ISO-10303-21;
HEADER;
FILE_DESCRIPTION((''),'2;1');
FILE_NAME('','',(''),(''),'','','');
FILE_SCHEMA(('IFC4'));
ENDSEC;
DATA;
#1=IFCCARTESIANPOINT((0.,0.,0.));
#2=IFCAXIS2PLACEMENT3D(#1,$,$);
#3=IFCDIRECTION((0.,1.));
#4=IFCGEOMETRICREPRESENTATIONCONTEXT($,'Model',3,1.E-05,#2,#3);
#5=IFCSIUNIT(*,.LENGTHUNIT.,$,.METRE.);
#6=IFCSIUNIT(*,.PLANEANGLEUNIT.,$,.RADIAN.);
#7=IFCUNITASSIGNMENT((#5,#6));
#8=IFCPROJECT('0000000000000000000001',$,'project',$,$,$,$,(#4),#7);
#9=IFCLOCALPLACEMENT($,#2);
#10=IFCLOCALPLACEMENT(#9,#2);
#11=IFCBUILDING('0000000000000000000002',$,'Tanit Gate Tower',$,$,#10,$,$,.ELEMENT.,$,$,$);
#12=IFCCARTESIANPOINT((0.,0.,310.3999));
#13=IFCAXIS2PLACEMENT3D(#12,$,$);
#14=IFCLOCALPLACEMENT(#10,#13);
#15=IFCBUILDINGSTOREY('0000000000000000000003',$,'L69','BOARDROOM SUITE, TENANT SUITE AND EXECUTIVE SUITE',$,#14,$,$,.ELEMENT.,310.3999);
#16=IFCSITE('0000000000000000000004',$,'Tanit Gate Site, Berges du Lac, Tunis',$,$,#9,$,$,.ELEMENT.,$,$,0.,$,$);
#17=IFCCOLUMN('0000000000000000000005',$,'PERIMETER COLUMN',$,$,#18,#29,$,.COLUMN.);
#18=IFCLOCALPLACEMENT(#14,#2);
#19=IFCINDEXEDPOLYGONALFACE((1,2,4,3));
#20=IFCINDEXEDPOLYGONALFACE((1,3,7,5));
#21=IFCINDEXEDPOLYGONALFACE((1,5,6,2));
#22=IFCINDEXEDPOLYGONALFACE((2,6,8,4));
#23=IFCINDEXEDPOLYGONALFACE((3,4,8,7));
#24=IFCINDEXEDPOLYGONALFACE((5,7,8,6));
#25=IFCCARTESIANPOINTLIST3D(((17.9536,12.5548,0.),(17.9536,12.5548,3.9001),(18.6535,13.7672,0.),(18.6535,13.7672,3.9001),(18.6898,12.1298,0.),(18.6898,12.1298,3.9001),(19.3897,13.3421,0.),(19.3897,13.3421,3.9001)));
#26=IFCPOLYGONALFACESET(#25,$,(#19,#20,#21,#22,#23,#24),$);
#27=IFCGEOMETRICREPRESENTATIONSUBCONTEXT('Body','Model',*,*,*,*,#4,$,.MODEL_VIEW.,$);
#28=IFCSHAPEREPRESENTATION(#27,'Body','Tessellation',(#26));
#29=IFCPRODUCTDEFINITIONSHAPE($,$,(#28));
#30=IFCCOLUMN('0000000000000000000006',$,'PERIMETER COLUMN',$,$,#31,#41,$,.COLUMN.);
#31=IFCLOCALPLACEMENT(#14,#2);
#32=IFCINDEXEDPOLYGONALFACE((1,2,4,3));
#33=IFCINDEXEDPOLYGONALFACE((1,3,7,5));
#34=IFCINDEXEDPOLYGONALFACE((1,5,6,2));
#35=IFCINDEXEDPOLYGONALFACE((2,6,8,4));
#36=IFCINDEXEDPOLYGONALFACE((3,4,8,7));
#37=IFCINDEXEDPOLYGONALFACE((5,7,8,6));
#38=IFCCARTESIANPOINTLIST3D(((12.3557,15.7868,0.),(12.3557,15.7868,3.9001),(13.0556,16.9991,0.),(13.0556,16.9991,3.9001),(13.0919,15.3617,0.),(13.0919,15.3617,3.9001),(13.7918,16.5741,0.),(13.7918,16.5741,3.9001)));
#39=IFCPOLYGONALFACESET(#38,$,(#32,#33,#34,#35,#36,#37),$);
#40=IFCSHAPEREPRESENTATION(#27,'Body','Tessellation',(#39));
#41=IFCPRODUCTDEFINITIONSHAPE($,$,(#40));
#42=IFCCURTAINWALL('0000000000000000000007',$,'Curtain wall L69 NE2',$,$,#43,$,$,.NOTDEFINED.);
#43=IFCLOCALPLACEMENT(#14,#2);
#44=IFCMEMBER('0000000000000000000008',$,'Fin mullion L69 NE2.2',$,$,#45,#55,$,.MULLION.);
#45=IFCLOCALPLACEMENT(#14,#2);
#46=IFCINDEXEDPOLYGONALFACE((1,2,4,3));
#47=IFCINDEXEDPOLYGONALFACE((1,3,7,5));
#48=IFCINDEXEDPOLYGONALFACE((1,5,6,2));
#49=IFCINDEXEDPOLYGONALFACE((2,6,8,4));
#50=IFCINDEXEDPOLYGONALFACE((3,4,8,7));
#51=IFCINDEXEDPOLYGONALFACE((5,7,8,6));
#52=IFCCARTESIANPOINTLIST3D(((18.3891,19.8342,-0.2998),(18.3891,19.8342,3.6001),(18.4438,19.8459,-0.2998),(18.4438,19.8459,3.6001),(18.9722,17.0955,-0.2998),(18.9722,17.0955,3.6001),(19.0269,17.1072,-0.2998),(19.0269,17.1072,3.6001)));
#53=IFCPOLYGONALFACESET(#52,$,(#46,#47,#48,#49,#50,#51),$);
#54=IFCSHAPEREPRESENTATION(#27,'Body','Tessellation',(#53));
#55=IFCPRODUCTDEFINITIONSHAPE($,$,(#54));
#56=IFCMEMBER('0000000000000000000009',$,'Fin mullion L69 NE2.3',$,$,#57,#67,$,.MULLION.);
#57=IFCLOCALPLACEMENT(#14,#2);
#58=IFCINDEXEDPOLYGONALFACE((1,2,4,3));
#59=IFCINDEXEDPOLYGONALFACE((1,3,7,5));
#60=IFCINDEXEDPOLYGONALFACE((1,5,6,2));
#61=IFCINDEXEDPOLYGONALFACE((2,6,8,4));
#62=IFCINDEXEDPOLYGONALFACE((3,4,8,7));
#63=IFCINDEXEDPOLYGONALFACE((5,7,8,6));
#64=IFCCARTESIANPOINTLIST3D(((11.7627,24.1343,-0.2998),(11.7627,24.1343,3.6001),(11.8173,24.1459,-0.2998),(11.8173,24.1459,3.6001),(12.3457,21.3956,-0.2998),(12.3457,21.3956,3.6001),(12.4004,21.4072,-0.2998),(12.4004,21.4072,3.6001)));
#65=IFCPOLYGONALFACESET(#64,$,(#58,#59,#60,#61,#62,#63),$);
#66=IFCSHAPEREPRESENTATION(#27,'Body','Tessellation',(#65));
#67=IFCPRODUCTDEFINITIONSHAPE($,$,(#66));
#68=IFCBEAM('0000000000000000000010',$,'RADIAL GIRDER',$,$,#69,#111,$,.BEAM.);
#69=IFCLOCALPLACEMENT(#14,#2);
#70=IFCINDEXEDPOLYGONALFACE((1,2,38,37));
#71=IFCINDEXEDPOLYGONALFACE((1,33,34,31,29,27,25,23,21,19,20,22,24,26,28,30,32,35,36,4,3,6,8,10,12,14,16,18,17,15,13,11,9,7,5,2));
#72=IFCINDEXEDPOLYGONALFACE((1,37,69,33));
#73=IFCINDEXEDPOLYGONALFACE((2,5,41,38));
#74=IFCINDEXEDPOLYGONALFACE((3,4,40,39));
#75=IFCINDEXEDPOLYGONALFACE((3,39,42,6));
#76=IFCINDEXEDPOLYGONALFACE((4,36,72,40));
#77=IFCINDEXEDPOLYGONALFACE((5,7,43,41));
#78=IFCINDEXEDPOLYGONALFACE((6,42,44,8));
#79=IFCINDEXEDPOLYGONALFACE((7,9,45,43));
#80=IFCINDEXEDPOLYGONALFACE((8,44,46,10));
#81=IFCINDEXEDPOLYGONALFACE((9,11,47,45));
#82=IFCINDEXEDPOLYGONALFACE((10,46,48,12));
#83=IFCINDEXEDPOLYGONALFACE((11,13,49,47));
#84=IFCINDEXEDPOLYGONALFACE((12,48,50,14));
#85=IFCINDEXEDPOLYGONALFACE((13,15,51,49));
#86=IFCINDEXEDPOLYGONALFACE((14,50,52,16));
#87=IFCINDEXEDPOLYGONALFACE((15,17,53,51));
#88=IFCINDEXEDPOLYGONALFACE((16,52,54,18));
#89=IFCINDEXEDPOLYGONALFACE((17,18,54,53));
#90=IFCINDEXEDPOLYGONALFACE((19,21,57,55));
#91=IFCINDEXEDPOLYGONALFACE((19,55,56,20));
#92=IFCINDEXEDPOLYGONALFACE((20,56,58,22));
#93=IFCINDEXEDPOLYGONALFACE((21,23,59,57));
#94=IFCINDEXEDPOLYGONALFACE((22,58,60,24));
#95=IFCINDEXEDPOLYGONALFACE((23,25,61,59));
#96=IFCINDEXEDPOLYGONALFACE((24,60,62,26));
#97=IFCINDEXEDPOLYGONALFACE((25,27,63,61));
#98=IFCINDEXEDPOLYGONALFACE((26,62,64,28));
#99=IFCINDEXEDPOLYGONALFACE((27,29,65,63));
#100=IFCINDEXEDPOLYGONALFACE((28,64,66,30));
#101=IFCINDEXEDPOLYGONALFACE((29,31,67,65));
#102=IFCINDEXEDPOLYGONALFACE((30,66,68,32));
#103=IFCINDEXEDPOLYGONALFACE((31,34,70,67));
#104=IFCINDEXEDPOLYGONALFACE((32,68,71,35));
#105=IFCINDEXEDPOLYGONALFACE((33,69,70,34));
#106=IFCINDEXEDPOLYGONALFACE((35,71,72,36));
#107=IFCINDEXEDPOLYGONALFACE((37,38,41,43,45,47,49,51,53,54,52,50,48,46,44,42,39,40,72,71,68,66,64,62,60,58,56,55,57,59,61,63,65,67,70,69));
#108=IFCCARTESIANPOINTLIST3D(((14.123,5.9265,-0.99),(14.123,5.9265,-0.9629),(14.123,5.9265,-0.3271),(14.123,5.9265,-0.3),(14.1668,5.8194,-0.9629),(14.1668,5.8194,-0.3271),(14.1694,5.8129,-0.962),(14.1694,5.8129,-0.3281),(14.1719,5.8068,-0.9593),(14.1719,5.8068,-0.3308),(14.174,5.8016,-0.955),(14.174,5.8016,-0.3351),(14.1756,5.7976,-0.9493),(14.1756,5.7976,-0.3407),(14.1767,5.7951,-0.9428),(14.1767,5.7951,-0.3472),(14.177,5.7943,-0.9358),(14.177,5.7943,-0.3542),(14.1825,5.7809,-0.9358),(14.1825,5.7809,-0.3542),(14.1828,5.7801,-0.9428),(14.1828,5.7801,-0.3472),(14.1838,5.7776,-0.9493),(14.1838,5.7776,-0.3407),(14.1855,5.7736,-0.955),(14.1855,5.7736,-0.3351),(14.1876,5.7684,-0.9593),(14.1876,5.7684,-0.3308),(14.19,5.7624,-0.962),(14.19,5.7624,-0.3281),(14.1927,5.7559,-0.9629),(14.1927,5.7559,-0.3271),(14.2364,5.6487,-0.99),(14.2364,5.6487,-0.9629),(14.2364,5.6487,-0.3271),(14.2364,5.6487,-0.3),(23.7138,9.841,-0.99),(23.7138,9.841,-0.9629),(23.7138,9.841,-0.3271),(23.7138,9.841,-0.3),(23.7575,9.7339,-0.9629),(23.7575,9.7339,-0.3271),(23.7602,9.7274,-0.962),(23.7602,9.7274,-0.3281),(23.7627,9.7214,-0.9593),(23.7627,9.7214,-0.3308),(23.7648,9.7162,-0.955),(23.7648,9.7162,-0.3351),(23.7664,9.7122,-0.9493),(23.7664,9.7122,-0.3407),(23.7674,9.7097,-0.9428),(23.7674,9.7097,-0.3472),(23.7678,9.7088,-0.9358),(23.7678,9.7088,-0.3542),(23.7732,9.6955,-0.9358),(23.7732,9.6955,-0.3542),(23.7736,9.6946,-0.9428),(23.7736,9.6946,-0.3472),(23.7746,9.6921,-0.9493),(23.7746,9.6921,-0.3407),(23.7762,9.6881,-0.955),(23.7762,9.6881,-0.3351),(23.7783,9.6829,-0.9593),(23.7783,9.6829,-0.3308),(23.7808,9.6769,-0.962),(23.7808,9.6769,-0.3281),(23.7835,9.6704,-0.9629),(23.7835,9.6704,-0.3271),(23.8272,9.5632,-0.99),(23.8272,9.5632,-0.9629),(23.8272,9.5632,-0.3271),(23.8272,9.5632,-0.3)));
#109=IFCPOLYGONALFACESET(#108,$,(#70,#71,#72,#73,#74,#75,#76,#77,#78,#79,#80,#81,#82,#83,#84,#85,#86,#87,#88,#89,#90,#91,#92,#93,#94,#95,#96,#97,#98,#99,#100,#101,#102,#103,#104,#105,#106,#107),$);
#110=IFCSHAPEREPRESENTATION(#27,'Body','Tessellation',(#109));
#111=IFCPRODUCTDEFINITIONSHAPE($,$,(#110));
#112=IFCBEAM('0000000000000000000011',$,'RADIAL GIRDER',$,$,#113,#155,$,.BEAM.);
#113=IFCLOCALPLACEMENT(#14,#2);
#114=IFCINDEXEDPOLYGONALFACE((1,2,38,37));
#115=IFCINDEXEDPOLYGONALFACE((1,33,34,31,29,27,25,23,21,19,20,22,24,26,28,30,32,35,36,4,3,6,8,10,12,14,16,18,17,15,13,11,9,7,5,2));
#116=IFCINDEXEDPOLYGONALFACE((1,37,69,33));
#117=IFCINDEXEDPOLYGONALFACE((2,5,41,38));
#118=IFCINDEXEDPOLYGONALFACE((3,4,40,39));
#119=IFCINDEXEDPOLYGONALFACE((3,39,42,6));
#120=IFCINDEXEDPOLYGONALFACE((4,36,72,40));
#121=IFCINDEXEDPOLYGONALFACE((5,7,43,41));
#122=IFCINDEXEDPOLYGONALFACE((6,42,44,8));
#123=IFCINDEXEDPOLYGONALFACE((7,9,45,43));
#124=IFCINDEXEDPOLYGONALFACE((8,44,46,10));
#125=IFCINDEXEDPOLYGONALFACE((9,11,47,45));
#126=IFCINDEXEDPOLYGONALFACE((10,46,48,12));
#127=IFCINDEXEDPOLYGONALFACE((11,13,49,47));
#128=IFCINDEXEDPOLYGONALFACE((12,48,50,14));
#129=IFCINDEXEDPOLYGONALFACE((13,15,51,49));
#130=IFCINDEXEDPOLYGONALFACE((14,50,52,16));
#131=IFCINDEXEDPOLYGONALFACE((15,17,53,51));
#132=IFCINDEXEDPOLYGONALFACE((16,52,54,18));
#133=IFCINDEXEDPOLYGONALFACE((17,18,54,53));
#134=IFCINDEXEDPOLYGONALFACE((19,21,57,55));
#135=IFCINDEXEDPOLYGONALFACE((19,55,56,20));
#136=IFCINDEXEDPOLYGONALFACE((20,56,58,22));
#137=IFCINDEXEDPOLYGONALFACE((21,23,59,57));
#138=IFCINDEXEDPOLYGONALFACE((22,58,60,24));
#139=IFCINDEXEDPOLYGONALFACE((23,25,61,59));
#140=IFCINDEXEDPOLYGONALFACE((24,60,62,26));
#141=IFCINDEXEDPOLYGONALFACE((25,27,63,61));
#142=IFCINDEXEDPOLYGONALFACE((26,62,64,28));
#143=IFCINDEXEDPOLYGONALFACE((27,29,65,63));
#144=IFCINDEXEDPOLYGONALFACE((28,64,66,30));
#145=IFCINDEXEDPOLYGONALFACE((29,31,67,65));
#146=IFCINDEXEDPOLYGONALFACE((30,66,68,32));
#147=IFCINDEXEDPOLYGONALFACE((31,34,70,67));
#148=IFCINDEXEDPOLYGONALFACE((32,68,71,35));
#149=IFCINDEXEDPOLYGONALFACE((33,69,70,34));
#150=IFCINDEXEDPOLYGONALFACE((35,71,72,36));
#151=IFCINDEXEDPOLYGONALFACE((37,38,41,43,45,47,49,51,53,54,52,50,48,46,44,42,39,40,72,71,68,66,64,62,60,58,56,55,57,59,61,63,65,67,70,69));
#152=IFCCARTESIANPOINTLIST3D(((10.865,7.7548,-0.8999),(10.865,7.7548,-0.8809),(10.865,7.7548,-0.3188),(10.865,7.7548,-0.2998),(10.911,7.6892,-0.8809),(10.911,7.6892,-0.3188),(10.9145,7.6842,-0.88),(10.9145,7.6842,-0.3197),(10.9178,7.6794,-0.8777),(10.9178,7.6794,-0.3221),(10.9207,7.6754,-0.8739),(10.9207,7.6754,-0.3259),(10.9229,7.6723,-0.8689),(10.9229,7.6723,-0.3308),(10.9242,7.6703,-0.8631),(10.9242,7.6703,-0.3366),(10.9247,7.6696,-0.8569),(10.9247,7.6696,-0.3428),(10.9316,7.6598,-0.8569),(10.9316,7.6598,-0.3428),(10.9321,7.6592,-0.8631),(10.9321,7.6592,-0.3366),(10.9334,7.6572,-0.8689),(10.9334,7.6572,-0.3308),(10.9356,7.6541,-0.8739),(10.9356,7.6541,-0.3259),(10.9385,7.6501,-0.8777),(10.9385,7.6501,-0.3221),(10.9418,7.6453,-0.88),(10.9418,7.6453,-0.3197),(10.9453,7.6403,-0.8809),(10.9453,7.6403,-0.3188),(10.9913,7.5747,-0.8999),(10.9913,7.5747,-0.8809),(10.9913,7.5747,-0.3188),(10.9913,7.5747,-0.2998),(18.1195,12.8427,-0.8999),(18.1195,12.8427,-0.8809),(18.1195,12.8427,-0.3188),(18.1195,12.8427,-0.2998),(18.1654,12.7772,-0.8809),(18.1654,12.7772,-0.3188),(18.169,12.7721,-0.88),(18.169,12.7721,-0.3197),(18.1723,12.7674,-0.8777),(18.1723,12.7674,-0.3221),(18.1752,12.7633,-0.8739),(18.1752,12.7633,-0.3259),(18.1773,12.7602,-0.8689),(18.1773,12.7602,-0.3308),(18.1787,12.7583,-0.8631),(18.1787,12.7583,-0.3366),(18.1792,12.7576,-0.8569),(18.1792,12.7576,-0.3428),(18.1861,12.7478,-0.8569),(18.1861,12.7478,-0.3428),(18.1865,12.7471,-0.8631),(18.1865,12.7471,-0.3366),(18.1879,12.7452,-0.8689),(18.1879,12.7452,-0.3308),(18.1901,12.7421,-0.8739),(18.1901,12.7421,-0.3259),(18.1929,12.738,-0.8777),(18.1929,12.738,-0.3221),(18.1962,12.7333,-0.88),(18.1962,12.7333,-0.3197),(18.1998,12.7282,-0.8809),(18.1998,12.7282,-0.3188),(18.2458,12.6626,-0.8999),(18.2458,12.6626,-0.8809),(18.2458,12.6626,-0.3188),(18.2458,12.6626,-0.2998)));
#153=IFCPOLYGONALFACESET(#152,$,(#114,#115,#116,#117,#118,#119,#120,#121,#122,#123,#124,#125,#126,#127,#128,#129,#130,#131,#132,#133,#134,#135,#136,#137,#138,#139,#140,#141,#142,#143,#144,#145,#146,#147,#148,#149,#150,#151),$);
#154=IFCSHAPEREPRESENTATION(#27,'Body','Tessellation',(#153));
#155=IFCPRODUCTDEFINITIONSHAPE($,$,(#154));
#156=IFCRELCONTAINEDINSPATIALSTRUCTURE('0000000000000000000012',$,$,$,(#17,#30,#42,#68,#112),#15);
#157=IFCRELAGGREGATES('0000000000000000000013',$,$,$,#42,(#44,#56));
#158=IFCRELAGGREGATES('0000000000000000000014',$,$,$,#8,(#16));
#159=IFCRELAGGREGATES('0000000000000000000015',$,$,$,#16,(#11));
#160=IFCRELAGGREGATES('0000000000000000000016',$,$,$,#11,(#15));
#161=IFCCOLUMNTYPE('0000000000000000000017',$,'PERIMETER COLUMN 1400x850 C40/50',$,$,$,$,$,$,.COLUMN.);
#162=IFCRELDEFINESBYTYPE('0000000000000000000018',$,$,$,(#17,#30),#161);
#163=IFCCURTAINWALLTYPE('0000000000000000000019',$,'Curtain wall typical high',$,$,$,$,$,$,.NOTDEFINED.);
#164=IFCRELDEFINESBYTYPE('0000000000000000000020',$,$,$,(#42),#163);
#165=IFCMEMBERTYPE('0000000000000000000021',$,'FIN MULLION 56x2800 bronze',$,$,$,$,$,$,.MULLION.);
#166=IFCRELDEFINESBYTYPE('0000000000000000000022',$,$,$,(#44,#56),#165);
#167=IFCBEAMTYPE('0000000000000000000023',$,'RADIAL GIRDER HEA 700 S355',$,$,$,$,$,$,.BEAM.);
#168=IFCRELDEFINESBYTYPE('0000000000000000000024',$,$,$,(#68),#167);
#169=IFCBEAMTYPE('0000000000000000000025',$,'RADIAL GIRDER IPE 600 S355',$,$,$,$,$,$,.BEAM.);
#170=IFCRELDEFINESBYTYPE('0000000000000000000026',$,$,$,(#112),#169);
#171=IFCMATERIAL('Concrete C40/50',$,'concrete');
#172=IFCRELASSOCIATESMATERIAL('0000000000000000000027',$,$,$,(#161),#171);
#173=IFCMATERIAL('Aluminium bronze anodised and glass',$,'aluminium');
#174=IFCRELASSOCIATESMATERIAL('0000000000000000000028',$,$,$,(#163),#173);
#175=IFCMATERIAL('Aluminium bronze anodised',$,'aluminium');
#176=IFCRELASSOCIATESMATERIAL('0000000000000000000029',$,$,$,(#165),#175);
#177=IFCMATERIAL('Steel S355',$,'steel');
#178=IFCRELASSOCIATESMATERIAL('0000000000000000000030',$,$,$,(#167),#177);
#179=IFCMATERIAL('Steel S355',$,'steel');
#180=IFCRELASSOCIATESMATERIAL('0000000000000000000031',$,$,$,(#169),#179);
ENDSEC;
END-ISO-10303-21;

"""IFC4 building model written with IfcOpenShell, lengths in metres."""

from ifc_helpers import new_model, si_unit, direction, frame, origin, origin_2d, place, context, subcontext, project, spatial, rectangle, i_section, extrude, material, material_profile, profile_set, type_object, element, aggregate, save


model = new_model("IFC4")

# Units and contexts
model_context = context("Model", 3, precision=1e-05, world=origin(), true_north=direction((0.0, 1.0)))
body_context = subcontext(model_context, "Body", "Model", "MODEL_VIEW")
ifc_project = project(units=[si_unit("LENGTHUNIT", "METRE"), si_unit("PLANEANGLEUNIT", "RADIAN")], contexts=[model_context])

# Site, building, storey
site_placement = place(None, origin())
site = spatial("IfcSite", under=ifc_project, at=site_placement, Name="Tanit Gate Site, Berges du Lac, Tunis", CompositionType="ELEMENT", RefElevation=0.0)
building_placement = place(site_placement, origin())
building = spatial("IfcBuilding", under=site, at=building_placement, Name="Tanit Gate Tower", CompositionType="ELEMENT")
storey_placement = place(building_placement, frame((0.0, 0.0, 310.3999)))
storey = spatial("IfcBuildingStorey", under=building, at=storey_placement, Name="L69", Description="BOARDROOM SUITE, TENANT SUITE AND EXECUTIVE SUITE", CompositionType="ELEMENT", Elevation=310.3999)

# Columns
ifc_material_1 = material(Name="Concrete C40/50", Category="concrete")
ifc_material_profile_1 = material_profile(ifc_material_1, rectangle(XDim=1.3999, YDim=0.8501, at=origin_2d()), Name="RC 1400x850")
ifc_profile_set_1 = profile_set([ifc_material_profile_1], Name="Concrete C40/50")
column_type = type_object("IfcColumnType", Name="PERIMETER COLUMN 1400x850 C40/50", PredefinedType="COLUMN", material=ifc_profile_set_1)
for number, where, z_axis, x_axis, name in (
    (1, (18.6716, 12.9485, 0.0), (0.0, 0.0, 1.0), (0.5, 0.866025, 0.0), "PERIMETER COLUMN"),
    (2, (13.0737, 16.1804, 0.0), (0.0, 0.0, 1.0), (0.5, 0.866025, 0.0), "PERIMETER COLUMN"),
):
    element("IfcColumn", number, at=place(storey_placement, frame(where, z_axis=z_axis, x_axis=x_axis)), inside=storey, type_object=column_type, Name=name, PredefinedType="COLUMN", context=body_context, shape_type="SweptSolid", body=[
        extrude(rectangle(XDim=1.3999, YDim=0.8501, at=origin_2d()), origin(), (0.0, 0.0, 1.0), 3.9001),
    ])

# Curtain wall, members
ifc_material_2 = material(Name="Aluminium bronze anodised and glass", Category="aluminium")
curtain_wall_type = type_object("IfcCurtainWallType", Name="Curtain wall typical high", PredefinedType="NOTDEFINED", material=ifc_material_2)
curtain_wall_placement = place(storey_placement, origin())
curtain_wall = element("IfcCurtainWall", 3, at=curtain_wall_placement, inside=storey, type_object=curtain_wall_type, Name="Curtain wall L69 NE2", PredefinedType="NOTDEFINED")
ifc_material_3 = material(Name="Aluminium bronze anodised", Category="aluminium")
ifc_material_profile_2 = material_profile(ifc_material_3, rectangle(XDim=2.8, YDim=0.0559, at=origin_2d()), Name="56x2800 bronze fin mullion")
ifc_profile_set_2 = profile_set([ifc_material_profile_2], Name="Aluminium bronze anodised")
member_type_1 = type_object("IfcMemberType", Name="FIN MULLION 56x2800 bronze", PredefinedType="MULLION", material=ifc_profile_set_2)
member_1_placement = place(storey_placement, frame((18.708, 18.4707, -0.2998), z_axis=(0.0, 0.0, 1.0), x_axis=(0.208238, -0.978078, 0.0)))
member_1 = element("IfcMember", 4, at=member_1_placement, type_object=member_type_1, Name="Fin mullion L69 NE2.2", PredefinedType="MULLION", context=body_context, shape_type="SweptSolid", body=[
    extrude(rectangle(XDim=2.8, YDim=0.0559, at=origin_2d()), origin(), (0.0, 0.0, 1.0), 3.8999),
])
member_2_placement = place(storey_placement, frame((12.0815, 22.7708, -0.2998), z_axis=(0.0, 0.0, 1.0), x_axis=(0.208238, -0.978078, 0.0)))
member_2 = element("IfcMember", 5, at=member_2_placement, type_object=member_type_1, Name="Fin mullion L69 NE2.3", PredefinedType="MULLION", context=body_context, shape_type="SweptSolid", body=[
    extrude(rectangle(XDim=2.8, YDim=0.0559, at=origin_2d()), origin(), (0.0, 0.0, 1.0), 3.8999),
])

# Beams
ifc_material_4 = material(Name="Steel S355", Category="steel")
ifc_material_profile_3 = material_profile(ifc_material_4, i_section(OverallWidth=0.3, OverallDepth=0.6899, WebThickness=0.0144, FlangeThickness=0.0271, FilletRadius=0.0271, at=origin_2d()), Name="HEA 700")
ifc_profile_set_3 = profile_set([ifc_material_profile_3], Name="Steel S355")
beam_type_1 = type_object("IfcBeamType", Name="RADIAL GIRDER HEA 700 S355", PredefinedType="BEAM", material=ifc_profile_set_3)
beam_1_placement = place(storey_placement, frame((23.7705, 9.7021, -0.645), z_axis=(-0.92585, -0.377891, 0.0), x_axis=(0.377891, -0.92585, 0.0)))
element("IfcBeam", 6, at=beam_1_placement, inside=storey, type_object=beam_type_1, Name="RADIAL GIRDER", PredefinedType="BEAM", context=body_context, shape_type="SweptSolid", body=[
    extrude(i_section(OverallWidth=0.3, OverallDepth=0.6899, WebThickness=0.0144, FlangeThickness=0.0271, FilletRadius=0.0271, at=origin_2d()), origin(), (0.0, 0.0, 1.0), 10.3589),
])
ifc_material_5 = material(Name="Steel S355", Category="steel")
ifc_material_profile_4 = material_profile(ifc_material_5, i_section(OverallWidth=0.22, OverallDepth=0.6001, WebThickness=0.012, FlangeThickness=0.019, FilletRadius=0.0239, at=origin_2d()), Name="IPE 600")
ifc_profile_set_4 = profile_set([ifc_material_profile_4], Name="Steel S355")
beam_type_2 = type_object("IfcBeamType", Name="RADIAL GIRDER IPE 600 S355", PredefinedType="BEAM", material=ifc_profile_set_4)
beam_2_placement = place(storey_placement, frame((18.1826, 12.7527, -0.5999), z_axis=(-0.818711, -0.574205, 0.0), x_axis=(0.574205, -0.818711, 0.0)))
element("IfcBeam", 7, at=beam_2_placement, inside=storey, type_object=beam_type_2, Name="RADIAL GIRDER", PredefinedType="BEAM", context=body_context, shape_type="SweptSolid", body=[
    extrude(i_section(OverallWidth=0.22, OverallDepth=0.6001, WebThickness=0.012, FlangeThickness=0.019, FilletRadius=0.0239, at=origin_2d()), origin(), (0.0, 0.0, 1.0), 8.8608),
])

aggregate(curtain_wall, [member_1, member_2])

save(model, "model.ifc")
